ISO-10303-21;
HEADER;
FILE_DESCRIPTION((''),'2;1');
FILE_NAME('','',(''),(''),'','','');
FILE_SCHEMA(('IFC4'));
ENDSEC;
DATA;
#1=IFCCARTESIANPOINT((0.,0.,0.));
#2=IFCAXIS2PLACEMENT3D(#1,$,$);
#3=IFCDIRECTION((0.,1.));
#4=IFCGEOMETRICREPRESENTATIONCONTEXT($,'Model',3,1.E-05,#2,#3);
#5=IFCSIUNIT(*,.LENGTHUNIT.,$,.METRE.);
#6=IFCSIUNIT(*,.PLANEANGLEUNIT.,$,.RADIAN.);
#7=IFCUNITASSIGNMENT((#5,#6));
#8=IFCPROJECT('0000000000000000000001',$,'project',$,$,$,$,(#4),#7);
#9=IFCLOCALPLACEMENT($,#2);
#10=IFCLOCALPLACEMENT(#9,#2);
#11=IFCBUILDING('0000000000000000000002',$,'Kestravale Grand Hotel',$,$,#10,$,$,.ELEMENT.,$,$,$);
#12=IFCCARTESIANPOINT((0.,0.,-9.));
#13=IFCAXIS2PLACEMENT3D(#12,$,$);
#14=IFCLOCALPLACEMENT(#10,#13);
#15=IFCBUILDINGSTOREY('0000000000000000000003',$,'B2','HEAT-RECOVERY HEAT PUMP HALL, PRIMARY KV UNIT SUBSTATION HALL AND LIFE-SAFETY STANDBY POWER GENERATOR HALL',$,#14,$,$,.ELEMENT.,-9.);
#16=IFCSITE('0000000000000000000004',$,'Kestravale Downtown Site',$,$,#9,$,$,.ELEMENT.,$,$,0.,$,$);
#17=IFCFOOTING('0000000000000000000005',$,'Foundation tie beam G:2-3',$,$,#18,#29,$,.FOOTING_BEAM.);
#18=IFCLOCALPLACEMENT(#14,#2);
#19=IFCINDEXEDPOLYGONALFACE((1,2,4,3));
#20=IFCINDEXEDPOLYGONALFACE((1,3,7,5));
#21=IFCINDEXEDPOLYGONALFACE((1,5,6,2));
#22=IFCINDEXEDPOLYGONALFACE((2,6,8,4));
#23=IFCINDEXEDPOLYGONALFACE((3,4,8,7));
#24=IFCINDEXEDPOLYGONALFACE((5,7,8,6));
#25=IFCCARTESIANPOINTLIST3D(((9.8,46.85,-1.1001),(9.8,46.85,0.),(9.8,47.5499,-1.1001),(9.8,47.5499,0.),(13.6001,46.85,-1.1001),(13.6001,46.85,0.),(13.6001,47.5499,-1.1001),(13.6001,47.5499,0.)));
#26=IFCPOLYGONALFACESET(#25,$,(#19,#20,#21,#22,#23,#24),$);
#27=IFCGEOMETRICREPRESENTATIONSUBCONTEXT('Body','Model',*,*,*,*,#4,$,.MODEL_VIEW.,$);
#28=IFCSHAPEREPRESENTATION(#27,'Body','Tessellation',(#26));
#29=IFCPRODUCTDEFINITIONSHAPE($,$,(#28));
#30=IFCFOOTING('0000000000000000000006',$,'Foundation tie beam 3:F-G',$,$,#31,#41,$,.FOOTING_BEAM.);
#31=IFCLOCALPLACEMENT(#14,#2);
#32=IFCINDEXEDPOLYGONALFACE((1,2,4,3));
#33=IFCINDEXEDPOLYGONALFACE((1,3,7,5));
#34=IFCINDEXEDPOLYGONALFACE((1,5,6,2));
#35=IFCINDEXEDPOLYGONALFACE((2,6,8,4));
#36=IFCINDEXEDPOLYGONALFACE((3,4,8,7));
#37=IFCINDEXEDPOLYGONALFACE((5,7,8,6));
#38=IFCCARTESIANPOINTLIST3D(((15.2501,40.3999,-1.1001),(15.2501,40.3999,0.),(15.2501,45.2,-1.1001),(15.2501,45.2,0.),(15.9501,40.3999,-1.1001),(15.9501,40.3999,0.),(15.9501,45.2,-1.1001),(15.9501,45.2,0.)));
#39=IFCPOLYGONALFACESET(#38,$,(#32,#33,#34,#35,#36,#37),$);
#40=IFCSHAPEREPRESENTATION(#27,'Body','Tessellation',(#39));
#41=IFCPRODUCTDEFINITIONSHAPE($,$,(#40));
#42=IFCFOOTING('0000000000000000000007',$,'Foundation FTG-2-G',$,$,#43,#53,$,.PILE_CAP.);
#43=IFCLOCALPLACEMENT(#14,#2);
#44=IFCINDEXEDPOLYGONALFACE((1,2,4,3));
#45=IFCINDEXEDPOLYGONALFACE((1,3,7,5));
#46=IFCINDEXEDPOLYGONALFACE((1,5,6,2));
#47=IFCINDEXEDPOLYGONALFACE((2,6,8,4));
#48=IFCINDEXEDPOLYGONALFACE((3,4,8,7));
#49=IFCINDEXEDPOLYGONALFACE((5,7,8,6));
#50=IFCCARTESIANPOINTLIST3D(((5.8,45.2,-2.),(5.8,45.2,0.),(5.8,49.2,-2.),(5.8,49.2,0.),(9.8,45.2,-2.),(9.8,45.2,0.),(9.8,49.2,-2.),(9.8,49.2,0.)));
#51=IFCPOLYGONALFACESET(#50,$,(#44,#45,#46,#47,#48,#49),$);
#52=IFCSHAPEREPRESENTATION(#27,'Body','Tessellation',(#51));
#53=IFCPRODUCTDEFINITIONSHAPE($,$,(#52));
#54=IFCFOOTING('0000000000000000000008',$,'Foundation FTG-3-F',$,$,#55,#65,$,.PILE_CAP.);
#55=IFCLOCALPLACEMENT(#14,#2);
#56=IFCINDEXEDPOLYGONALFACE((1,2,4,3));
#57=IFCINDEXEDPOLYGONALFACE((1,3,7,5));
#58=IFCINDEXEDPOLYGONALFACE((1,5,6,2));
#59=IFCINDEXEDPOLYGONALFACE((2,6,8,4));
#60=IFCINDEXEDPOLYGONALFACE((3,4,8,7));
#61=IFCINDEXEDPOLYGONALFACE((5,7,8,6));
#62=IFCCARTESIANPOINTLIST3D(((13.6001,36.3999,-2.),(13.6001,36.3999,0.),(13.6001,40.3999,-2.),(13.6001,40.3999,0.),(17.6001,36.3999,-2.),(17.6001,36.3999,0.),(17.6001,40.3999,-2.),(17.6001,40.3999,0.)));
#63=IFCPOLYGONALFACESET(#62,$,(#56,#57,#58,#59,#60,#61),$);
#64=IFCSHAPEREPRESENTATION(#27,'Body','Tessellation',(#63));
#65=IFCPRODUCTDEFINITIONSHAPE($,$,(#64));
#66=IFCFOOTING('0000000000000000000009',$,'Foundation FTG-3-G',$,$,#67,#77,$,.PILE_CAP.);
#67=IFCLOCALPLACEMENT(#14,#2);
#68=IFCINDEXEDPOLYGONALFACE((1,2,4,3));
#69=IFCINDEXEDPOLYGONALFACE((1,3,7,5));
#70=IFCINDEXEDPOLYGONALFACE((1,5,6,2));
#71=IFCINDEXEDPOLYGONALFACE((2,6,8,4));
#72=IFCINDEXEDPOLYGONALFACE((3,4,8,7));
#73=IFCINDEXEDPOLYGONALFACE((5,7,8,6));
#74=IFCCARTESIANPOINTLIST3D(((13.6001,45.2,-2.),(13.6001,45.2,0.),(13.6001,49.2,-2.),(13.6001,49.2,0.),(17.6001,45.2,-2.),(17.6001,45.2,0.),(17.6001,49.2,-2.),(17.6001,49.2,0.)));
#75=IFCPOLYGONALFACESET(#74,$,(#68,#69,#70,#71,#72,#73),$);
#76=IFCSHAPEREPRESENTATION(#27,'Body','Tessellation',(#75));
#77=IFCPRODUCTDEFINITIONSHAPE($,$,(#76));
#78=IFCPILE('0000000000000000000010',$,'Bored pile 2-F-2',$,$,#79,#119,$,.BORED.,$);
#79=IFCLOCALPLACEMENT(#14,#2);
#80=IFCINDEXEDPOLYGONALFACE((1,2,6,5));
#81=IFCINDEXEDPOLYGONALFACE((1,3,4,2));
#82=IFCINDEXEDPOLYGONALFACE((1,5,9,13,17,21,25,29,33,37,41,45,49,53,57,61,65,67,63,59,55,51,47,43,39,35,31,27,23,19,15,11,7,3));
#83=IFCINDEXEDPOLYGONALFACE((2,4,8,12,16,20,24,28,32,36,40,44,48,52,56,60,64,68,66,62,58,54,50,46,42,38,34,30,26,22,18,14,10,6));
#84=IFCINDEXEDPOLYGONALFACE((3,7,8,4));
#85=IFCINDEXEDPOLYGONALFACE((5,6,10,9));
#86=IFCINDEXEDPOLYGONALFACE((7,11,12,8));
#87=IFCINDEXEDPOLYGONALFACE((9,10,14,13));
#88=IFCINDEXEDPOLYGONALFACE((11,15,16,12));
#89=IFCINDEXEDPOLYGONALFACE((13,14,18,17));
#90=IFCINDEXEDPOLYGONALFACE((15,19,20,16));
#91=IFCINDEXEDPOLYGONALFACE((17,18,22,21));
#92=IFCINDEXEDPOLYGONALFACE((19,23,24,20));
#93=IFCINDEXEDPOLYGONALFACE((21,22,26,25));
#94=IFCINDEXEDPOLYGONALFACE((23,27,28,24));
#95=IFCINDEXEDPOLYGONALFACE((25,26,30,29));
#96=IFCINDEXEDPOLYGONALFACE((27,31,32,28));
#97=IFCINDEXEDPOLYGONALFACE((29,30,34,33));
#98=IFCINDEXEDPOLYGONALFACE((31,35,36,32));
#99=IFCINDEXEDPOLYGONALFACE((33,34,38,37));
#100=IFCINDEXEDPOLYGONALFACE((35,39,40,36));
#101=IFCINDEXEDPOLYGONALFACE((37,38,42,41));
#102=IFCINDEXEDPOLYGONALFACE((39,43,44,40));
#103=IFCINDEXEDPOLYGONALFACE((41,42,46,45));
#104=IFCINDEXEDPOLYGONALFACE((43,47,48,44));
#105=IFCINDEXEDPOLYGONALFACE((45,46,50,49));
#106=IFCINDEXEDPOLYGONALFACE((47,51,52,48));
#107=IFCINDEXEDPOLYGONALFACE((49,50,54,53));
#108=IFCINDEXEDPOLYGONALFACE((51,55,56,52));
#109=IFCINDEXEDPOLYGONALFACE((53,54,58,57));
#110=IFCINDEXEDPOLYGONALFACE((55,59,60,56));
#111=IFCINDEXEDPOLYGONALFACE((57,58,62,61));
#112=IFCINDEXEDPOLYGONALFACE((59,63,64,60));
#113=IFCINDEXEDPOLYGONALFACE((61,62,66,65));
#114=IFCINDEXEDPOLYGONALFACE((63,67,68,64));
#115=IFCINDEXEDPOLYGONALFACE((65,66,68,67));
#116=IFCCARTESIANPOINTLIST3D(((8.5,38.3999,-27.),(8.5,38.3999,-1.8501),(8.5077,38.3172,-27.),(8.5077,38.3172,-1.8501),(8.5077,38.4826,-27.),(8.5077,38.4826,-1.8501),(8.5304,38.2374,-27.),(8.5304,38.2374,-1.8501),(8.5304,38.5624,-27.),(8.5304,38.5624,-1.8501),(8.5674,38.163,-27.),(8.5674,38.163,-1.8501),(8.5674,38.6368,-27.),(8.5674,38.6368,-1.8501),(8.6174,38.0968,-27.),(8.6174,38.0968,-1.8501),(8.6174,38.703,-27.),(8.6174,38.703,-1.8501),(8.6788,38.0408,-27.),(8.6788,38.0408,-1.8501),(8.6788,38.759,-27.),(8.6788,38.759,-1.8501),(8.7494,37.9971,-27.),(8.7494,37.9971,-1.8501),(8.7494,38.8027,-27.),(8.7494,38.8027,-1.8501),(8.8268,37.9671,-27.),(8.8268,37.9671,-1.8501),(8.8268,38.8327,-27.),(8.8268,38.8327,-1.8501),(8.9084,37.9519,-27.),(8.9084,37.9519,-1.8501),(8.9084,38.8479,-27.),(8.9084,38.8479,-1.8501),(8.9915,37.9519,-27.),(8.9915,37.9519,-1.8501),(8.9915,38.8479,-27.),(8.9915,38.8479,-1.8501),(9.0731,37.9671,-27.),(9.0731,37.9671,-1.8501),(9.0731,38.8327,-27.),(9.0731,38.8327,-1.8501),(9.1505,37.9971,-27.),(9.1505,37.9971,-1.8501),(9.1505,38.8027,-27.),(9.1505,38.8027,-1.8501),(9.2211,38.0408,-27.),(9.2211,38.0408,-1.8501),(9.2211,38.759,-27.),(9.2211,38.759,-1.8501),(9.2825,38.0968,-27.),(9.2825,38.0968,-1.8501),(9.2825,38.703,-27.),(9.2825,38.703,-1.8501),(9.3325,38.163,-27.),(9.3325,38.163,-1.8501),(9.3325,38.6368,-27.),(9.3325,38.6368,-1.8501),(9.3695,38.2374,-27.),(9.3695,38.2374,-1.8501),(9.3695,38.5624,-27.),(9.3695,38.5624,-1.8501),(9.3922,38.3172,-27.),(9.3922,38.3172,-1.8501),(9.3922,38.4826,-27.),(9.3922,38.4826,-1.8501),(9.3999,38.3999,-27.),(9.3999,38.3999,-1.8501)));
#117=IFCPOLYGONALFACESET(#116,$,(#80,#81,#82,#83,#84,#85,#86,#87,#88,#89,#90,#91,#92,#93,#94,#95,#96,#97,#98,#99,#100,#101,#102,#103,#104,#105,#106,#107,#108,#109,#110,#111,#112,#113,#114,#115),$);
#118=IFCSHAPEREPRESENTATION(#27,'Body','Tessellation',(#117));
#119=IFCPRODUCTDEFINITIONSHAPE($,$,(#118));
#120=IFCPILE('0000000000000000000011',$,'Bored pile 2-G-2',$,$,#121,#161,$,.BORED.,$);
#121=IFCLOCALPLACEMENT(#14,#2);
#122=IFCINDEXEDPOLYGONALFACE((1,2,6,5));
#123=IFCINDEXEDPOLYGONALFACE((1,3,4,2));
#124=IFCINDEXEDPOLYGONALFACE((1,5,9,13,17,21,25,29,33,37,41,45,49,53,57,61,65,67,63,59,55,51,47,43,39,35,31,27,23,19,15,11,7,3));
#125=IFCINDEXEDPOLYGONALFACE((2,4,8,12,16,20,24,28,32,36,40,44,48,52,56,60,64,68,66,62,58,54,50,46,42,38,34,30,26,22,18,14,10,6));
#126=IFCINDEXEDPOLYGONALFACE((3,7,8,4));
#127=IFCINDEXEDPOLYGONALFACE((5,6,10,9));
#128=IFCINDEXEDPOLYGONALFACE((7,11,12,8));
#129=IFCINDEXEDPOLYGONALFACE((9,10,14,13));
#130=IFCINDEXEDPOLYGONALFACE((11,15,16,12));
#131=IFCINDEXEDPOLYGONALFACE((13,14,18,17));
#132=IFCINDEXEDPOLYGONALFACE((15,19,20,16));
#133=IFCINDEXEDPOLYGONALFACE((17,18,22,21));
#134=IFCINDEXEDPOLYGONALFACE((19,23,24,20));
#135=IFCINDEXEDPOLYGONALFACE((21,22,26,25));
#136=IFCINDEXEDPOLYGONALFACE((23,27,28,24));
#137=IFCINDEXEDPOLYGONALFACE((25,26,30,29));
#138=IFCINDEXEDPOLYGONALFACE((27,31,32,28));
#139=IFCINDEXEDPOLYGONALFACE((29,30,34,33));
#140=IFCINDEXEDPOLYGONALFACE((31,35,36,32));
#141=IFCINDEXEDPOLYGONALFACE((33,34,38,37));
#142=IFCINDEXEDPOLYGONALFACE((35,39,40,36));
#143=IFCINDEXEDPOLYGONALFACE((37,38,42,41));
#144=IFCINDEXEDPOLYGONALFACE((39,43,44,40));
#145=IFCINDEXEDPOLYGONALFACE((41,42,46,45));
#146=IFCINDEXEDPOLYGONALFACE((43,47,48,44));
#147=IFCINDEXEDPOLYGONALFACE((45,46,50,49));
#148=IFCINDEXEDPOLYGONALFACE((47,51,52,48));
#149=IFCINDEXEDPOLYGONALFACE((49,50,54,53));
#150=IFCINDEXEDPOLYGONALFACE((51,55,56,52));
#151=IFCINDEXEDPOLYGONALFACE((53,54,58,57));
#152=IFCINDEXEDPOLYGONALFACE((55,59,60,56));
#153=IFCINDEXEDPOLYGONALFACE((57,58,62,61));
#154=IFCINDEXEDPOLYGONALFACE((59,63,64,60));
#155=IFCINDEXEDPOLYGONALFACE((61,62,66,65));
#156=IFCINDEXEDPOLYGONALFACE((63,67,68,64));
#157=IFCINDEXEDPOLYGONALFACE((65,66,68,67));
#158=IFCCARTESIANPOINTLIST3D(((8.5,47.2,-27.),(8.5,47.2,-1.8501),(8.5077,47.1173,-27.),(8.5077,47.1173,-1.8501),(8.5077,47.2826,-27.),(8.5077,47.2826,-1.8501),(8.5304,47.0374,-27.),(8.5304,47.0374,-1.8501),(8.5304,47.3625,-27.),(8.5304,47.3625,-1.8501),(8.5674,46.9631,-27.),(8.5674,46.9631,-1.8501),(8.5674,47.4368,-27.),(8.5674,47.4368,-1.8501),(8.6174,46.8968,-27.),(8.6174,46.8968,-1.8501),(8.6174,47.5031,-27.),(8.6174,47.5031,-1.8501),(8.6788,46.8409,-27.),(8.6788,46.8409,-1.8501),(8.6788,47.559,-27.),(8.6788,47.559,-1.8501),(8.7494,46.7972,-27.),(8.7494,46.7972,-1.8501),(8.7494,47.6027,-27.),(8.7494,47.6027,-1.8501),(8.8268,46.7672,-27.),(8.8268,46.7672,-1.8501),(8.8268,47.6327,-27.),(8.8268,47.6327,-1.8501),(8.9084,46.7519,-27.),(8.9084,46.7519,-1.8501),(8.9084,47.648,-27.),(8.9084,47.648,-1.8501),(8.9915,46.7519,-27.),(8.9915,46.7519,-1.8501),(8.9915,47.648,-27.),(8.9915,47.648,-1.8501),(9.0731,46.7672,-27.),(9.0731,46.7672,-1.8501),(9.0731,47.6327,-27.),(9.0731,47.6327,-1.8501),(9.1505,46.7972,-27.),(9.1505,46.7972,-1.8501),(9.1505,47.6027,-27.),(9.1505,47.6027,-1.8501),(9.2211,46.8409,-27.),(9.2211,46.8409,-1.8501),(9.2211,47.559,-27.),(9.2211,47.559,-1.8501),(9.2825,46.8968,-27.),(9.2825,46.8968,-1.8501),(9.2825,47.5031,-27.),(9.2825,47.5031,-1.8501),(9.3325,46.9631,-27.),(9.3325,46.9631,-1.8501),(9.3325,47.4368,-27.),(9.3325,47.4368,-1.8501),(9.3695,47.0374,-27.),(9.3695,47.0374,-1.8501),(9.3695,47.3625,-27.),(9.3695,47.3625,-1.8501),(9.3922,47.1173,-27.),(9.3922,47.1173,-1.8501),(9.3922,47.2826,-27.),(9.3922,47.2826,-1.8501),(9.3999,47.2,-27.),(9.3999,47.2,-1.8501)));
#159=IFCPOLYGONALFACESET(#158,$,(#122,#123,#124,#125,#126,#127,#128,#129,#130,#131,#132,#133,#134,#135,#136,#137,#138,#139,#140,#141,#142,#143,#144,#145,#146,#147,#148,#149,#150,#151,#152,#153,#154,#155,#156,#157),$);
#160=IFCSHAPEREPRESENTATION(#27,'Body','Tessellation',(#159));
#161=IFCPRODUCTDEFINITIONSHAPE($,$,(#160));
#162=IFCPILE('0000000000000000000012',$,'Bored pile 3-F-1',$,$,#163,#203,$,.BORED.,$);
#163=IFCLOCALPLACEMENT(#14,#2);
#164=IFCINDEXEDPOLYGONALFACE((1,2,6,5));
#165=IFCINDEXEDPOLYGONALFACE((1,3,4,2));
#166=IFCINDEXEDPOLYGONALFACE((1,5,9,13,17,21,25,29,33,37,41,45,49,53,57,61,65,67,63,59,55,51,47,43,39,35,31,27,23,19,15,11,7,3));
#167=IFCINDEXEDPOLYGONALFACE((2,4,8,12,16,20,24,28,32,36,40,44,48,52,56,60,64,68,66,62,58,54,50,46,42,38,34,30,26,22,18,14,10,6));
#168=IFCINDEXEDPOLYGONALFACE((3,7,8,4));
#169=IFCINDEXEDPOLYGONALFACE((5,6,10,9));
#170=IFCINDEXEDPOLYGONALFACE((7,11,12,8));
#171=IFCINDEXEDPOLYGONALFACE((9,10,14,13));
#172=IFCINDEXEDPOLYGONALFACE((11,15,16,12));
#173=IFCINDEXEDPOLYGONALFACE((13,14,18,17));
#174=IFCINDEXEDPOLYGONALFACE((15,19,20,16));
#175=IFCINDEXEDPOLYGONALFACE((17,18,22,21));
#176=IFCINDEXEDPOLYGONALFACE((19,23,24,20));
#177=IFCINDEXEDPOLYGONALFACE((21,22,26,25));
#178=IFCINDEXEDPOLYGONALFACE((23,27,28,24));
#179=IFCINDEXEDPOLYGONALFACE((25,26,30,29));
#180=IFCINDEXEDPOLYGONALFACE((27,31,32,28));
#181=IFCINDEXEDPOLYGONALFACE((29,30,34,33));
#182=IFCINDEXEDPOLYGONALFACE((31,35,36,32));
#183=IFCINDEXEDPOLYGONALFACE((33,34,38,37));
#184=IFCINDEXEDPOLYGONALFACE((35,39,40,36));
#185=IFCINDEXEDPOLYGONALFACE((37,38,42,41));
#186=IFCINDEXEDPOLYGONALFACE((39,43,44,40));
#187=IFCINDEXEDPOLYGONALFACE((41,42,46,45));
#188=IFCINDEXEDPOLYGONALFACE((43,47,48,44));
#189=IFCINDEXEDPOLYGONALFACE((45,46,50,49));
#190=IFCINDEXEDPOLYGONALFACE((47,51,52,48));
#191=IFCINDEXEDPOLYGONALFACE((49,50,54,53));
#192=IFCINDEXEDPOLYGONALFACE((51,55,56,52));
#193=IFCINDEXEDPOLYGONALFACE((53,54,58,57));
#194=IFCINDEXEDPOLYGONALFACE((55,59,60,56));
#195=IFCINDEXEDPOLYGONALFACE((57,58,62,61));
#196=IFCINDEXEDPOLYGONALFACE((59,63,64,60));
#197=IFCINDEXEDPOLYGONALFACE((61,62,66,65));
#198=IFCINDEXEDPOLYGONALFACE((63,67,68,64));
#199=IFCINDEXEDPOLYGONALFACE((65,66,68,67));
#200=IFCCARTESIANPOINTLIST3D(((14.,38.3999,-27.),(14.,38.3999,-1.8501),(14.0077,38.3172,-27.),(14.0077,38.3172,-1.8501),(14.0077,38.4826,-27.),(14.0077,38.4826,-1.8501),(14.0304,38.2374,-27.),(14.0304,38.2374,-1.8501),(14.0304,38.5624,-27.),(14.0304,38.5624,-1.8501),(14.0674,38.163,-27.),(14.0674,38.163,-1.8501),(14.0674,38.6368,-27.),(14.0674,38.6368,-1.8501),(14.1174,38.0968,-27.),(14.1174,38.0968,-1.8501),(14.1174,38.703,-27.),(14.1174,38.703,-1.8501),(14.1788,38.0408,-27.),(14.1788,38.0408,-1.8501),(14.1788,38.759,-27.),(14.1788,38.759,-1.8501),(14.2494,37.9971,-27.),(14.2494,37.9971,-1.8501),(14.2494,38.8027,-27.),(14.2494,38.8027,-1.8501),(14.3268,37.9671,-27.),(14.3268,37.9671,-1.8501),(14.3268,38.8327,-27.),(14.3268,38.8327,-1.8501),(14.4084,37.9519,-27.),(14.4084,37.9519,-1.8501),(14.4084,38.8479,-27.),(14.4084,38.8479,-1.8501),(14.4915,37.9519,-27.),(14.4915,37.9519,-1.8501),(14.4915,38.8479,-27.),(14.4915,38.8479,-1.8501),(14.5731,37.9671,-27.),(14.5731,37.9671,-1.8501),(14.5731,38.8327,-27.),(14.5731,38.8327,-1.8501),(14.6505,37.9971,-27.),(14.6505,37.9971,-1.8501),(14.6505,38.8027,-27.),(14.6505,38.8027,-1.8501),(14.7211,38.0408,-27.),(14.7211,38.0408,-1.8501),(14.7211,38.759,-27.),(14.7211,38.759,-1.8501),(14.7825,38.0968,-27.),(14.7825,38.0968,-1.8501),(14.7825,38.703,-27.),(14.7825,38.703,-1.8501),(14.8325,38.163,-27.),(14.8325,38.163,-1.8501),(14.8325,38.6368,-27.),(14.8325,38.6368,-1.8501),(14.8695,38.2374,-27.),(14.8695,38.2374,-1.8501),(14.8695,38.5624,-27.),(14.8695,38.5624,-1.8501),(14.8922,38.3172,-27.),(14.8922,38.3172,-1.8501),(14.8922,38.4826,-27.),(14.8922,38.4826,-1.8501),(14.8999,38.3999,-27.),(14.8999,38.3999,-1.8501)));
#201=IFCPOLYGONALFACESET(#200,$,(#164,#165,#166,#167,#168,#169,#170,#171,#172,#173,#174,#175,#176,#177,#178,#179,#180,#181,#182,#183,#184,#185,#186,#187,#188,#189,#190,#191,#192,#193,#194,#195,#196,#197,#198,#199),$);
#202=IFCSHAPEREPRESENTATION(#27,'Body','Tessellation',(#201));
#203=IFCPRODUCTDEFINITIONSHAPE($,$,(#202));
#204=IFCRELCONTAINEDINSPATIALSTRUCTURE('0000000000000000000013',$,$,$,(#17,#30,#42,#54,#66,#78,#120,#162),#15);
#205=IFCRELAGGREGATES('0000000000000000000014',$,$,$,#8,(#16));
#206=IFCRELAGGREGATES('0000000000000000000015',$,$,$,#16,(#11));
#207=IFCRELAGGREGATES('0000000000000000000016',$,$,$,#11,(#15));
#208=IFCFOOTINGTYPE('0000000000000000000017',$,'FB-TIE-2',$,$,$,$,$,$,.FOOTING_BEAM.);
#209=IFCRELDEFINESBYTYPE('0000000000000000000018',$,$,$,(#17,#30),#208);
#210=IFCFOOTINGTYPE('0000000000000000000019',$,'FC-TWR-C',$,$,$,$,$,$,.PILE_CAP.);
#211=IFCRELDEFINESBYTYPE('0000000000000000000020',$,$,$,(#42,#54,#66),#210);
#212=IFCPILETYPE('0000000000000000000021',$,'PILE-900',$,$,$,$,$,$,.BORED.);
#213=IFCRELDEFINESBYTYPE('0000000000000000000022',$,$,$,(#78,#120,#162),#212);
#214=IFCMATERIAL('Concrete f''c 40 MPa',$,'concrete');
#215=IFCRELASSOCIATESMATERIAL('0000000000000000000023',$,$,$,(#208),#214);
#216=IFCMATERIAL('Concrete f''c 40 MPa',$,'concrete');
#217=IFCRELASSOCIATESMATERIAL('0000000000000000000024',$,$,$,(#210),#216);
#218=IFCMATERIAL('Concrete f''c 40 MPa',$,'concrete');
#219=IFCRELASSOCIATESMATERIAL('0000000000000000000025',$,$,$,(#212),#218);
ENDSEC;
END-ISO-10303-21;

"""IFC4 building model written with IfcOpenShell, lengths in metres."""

from ifc_helpers import new_model, si_unit, direction, frame, origin, origin_2d, place, context, subcontext, project, spatial, rectangle, circle, extrude, material, material_profile, profile_set, type_object, element, save


model = new_model("IFC4")

# Units and contexts
model_context = context("Model", 3, precision=1e-05, world=origin(), true_north=direction((0.0, 1.0)))
body_context = subcontext(model_context, "Body", "Model", "MODEL_VIEW")
ifc_project = project(units=[si_unit("LENGTHUNIT", "METRE"), si_unit("PLANEANGLEUNIT", "RADIAN")], contexts=[model_context])

# Site, building, storey
site_placement = place(None, origin())
site = spatial("IfcSite", under=ifc_project, at=site_placement, Name="Kestravale Downtown Site", CompositionType="ELEMENT", RefElevation=0.0)
building_placement = place(site_placement, origin())
building = spatial("IfcBuilding", under=site, at=building_placement, Name="Kestravale Grand Hotel", CompositionType="ELEMENT")
storey_placement = place(building_placement, frame((0.0, 0.0, -9.0)))
storey = spatial("IfcBuildingStorey", under=building, at=storey_placement, Name="B2", Description="HEAT-RECOVERY HEAT PUMP HALL, PRIMARY KV UNIT SUBSTATION HALL AND LIFE-SAFETY STANDBY POWER GENERATOR HALL", CompositionType="ELEMENT", Elevation=-9.0)

# Footings
ifc_material_1 = material(Name="Concrete f'c 40 MPa", Category="concrete")
ifc_material_profile_1 = material_profile(ifc_material_1, rectangle(XDim=0.7, YDim=1.1001, at=origin_2d()))
ifc_profile_set_1 = profile_set([ifc_material_profile_1], Name="Concrete f'c 40 MPa")
footing_type_1 = type_object("IfcFootingType", Name="FB-TIE-2", PredefinedType="FOOTING_BEAM", material=ifc_profile_set_1)
footing_1_placement = place(storey_placement, frame((9.8, 47.2, -0.55), z_axis=(1.0, 0.0, 0.0), x_axis=(0.0, 1.0, 0.0)))
element("IfcFooting", 1, at=footing_1_placement, inside=storey, type_object=footing_type_1, Name="Foundation tie beam G:2-3", PredefinedType="FOOTING_BEAM", context=body_context, shape_type="SweptSolid", body=[
    extrude(rectangle(XDim=0.7, YDim=1.1001, at=origin_2d()), origin(), (0.0, 0.0, 1.0), 3.8),
])
footing_2_placement = place(storey_placement, frame((15.6001, 40.3999, -0.55), z_axis=(0.0, 1.0, 0.0), x_axis=(-1.0, 0.0, 0.0)))
element("IfcFooting", 2, at=footing_2_placement, inside=storey, type_object=footing_type_1, Name="Foundation tie beam 3:F-G", PredefinedType="FOOTING_BEAM", context=body_context, shape_type="SweptSolid", body=[
    extrude(rectangle(XDim=0.7, YDim=1.1001, at=origin_2d()), origin(), (0.0, 0.0, 1.0), 4.8),
])
ifc_material_2 = material(Name="Concrete f'c 40 MPa", Category="concrete")
footing_type_2 = type_object("IfcFootingType", Name="FC-TWR-C", PredefinedType="PILE_CAP", material=ifc_material_2)
for number, where, z_axis, x_axis, name in (
    (3, (7.8, 47.2, -2.0), (0.0, 0.0, 1.0), (1.0, 0.0, 0.0), "Foundation FTG-2-G"),
    (4, (15.6001, 38.3999, -2.0), (0.0, 0.0, 1.0), (1.0, 0.0, 0.0), "Foundation FTG-3-F"),
    (5, (15.6001, 47.2, -2.0), (0.0, 0.0, 1.0), (1.0, 0.0, 0.0), "Foundation FTG-3-G"),
):
    element("IfcFooting", number, at=place(storey_placement, frame(where, z_axis=z_axis, x_axis=x_axis)), inside=storey, type_object=footing_type_2, Name=name, PredefinedType="PILE_CAP", context=body_context, shape_type="SweptSolid", body=[
        extrude(rectangle(XDim=4.0, YDim=4.0, at=origin_2d()), origin(), (0.0, 0.0, 1.0), 2.0),
    ])

# Piles
ifc_material_3 = material(Name="Concrete f'c 40 MPa", Category="concrete")
ifc_material_profile_2 = material_profile(ifc_material_3, circle(Radius=0.45, at=origin_2d()))
ifc_profile_set_2 = profile_set([ifc_material_profile_2], Name="Concrete f'c 40 MPa")
pile_type = type_object("IfcPileType", Name="PILE-900", PredefinedType="BORED", material=ifc_profile_set_2)
for number, where, z_axis, x_axis, name in (
    (6, (8.95, 38.3999, -1.8501), (0.0, 0.0, -1.0), (1.0, 0.0, 0.0), "Bored pile 2-F-2"),
    (7, (8.95, 47.2, -1.8501), (0.0, 0.0, -1.0), (1.0, 0.0, 0.0), "Bored pile 2-G-2"),
    (8, (14.45, 38.3999, -1.8501), (0.0, 0.0, -1.0), (1.0, 0.0, 0.0), "Bored pile 3-F-1"),
):
    element("IfcPile", number, at=place(storey_placement, frame(where, z_axis=z_axis, x_axis=x_axis)), inside=storey, type_object=pile_type, Name=name, PredefinedType="BORED", context=body_context, shape_type="SweptSolid", body=[
        extrude(circle(Radius=0.45, at=origin_2d()), origin(), (0.0, 0.0, 1.0), 25.1499),
    ])

save(model, "model.ifc")
